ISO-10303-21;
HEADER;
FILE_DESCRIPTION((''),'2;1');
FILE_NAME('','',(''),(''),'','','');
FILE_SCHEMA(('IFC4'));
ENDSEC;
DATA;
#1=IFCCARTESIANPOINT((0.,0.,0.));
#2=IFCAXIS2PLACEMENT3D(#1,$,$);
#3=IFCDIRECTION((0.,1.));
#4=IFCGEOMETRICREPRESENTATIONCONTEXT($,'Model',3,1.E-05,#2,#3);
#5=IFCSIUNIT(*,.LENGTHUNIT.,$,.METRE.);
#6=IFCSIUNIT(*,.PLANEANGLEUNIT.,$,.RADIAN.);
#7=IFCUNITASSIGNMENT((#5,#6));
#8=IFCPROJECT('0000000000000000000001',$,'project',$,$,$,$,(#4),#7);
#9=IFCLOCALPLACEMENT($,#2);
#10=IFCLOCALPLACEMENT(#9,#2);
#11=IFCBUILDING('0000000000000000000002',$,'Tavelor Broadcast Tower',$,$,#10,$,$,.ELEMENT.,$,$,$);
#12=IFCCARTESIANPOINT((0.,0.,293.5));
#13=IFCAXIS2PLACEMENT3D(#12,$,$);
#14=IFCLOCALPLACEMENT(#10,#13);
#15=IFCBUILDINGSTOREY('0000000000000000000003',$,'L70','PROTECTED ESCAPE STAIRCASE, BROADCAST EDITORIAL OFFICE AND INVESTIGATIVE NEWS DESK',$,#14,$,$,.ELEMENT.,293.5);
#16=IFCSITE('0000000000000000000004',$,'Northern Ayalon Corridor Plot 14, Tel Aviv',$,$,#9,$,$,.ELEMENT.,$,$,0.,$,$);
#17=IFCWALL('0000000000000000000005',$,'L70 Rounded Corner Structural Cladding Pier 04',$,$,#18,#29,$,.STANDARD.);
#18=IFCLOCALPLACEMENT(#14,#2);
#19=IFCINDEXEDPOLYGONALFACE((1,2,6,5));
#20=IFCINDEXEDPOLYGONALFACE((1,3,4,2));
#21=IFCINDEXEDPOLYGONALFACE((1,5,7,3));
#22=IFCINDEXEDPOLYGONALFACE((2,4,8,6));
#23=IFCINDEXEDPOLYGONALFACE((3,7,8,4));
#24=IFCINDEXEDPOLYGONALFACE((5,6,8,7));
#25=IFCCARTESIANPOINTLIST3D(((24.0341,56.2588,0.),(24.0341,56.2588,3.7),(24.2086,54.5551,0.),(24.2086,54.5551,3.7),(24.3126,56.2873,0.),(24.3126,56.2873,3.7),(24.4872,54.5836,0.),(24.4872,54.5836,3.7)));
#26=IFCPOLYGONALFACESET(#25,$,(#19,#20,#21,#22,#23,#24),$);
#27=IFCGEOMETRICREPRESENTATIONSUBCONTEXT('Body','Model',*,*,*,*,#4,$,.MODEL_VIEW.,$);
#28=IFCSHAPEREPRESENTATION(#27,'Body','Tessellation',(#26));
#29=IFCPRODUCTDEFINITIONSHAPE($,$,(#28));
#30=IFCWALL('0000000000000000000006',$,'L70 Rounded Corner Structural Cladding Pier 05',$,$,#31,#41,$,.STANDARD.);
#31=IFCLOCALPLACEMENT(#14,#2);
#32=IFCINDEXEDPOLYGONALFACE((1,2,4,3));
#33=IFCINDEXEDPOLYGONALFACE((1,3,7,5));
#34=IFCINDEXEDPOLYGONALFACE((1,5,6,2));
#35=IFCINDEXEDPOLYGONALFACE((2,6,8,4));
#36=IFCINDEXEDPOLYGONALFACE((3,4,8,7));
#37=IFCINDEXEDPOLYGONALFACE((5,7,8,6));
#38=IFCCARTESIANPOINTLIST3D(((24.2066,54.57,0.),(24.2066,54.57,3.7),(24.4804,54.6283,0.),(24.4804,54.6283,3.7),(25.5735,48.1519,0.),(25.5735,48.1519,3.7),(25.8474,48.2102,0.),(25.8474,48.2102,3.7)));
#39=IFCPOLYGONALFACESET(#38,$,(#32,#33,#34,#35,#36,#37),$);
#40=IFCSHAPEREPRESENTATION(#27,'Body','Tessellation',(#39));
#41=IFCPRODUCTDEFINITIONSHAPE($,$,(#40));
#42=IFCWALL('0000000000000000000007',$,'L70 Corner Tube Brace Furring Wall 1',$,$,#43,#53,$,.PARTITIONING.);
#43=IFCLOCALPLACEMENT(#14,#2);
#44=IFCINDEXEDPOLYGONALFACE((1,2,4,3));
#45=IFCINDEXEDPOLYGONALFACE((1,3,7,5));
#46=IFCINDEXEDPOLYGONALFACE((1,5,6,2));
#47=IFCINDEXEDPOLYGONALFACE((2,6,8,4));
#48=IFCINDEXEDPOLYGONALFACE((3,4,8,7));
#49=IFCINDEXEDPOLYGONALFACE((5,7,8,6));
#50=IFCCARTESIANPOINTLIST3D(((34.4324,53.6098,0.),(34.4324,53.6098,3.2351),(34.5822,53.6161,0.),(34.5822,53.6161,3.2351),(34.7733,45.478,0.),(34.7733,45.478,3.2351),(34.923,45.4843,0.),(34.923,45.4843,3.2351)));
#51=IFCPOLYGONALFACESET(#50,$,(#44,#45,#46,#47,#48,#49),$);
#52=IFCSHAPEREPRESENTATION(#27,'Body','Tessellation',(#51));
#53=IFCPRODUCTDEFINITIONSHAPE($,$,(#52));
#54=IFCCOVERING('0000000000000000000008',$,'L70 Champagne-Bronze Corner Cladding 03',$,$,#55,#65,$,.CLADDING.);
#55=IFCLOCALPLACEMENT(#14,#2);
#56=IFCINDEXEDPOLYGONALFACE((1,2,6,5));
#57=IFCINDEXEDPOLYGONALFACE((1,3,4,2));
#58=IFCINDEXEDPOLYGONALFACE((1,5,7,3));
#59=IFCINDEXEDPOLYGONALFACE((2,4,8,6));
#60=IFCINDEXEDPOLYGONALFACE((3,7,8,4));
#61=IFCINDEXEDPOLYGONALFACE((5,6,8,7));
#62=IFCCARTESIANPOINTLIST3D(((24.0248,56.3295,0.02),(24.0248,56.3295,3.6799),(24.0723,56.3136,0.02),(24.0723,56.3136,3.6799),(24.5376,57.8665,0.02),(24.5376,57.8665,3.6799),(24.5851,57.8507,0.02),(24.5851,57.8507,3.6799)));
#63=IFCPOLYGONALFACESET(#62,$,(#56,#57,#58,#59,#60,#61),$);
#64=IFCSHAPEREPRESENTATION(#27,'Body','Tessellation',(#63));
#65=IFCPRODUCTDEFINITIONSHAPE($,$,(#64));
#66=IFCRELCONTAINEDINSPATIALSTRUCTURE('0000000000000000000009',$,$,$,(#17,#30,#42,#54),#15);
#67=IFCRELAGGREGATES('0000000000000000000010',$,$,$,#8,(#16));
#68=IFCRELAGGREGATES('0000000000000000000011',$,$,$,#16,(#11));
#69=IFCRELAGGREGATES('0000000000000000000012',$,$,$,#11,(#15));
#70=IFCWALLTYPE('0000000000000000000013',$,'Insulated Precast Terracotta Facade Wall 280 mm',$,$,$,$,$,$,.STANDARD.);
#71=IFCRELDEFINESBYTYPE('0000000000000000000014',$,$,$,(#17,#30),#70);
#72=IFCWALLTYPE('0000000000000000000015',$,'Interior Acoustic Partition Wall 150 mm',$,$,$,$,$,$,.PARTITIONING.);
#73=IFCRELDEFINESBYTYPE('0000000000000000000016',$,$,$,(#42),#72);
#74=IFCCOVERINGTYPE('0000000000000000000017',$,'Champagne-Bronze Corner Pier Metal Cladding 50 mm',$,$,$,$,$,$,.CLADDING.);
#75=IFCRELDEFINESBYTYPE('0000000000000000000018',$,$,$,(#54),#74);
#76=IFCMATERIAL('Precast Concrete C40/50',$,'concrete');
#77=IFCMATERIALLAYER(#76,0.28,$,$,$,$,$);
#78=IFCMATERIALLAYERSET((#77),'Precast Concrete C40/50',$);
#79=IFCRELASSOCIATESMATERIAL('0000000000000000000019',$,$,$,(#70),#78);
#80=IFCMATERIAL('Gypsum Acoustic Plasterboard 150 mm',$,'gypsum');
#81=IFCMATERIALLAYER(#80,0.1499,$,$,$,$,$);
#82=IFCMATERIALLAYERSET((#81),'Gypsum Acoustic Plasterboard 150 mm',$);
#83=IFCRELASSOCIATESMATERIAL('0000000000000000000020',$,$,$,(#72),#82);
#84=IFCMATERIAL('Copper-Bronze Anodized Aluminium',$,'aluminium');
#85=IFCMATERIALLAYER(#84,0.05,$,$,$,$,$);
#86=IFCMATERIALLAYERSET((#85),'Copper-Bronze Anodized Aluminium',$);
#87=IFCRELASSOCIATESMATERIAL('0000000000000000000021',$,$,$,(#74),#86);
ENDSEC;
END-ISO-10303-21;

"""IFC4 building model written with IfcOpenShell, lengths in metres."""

from ifc_helpers import new_model, si_unit, direction, frame, frame_2d, origin, origin_2d, place, context, subcontext, project, spatial, rectangle, extrude, material, layer, layer_set, type_object, element, save


model = new_model("IFC4")

# Units and contexts
model_context = context("Model", 3, precision=1e-05, world=origin(), true_north=direction((0.0, 1.0)))
body_context = subcontext(model_context, "Body", "Model", "MODEL_VIEW")
ifc_project = project(units=[si_unit("LENGTHUNIT", "METRE"), si_unit("PLANEANGLEUNIT", "RADIAN")], contexts=[model_context])

# Site, building, storey
site_placement = place(None, origin())
site = spatial("IfcSite", under=ifc_project, at=site_placement, Name="Northern Ayalon Corridor Plot 14, Tel Aviv", CompositionType="ELEMENT", RefElevation=0.0)
building_placement = place(site_placement, origin())
building = spatial("IfcBuilding", under=site, at=building_placement, Name="Tavelor Broadcast Tower", CompositionType="ELEMENT")
storey_placement = place(building_placement, frame((0.0, 0.0, 293.5)))
storey = spatial("IfcBuildingStorey", under=building, at=storey_placement, Name="L70", Description="PROTECTED ESCAPE STAIRCASE, BROADCAST EDITORIAL OFFICE AND INVESTIGATIVE NEWS DESK", CompositionType="ELEMENT", Elevation=293.5)

# Walls
ifc_material_1 = material(Name="Precast Concrete C40/50", Category="concrete")
ifc_layer_1 = layer(ifc_material_1, 0.28)
ifc_layer_set_1 = layer_set([ifc_layer_1], Name="Precast Concrete C40/50")
wall_type_1 = type_object("IfcWallType", Name="Insulated Precast Terracotta Facade Wall 280 mm", PredefinedType="STANDARD", material=ifc_layer_set_1)
wall_1_placement = place(storey_placement, frame((24.1733, 56.2732, 0.0), z_axis=(0.0, 0.0, 1.0), x_axis=(0.101931, -0.994791, 0.0)))
element("IfcWall", 1, at=wall_1_placement, inside=storey, type_object=wall_type_1, Name="L70 Rounded Corner Structural Cladding Pier 04", PredefinedType="STANDARD", context=body_context, shape_type="SweptSolid", body=[
    extrude(rectangle(XDim=1.7126, YDim=0.28, at=frame_2d((0.8564, 0.0))), origin(), (0.0, 0.0, 1.0), 3.7),
])
wall_2_placement = place(storey_placement, frame((24.3435, 54.5991, 0.0), z_axis=(0.0, 0.0, 1.0), x_axis=(0.208314, -0.978062, 0.0)))
element("IfcWall", 2, at=wall_2_placement, inside=storey, type_object=wall_type_1, Name="L70 Rounded Corner Structural Cladding Pier 05", PredefinedType="STANDARD", context=body_context, shape_type="SweptSolid", body=[
    extrude(rectangle(XDim=6.562, YDim=0.28, at=frame_2d((3.281, 0.0))), origin(), (0.0, 0.0, 1.0), 3.7),
])
ifc_material_2 = material(Name="Gypsum Acoustic Plasterboard 150 mm", Category="gypsum")
ifc_layer_2 = layer(ifc_material_2, 0.1499)
ifc_layer_set_2 = layer_set([ifc_layer_2], Name="Gypsum Acoustic Plasterboard 150 mm")
wall_type_2 = type_object("IfcWallType", Name="Interior Acoustic Partition Wall 150 mm", PredefinedType="PARTITIONING", material=ifc_layer_set_2)
wall_3_placement = place(storey_placement, frame((34.5073, 53.6128, 0.0), z_axis=(0.0, 0.0, 1.0), x_axis=(0.041875, -0.999123, 0.0)))
element("IfcWall", 3, at=wall_3_placement, inside=storey, type_object=wall_type_2, Name="L70 Corner Tube Brace Furring Wall 1", PredefinedType="PARTITIONING", context=body_context, shape_type="SweptSolid", body=[
    extrude(rectangle(XDim=8.1389, YDim=0.1499, at=frame_2d((4.0693, 0.0))), origin(), (0.0, 0.0, 1.0), 3.2351),
])

# Covering
ifc_material_3 = material(Name="Copper-Bronze Anodized Aluminium", Category="aluminium")
ifc_layer_3 = layer(ifc_material_3, 0.05)
ifc_layer_set_3 = layer_set([ifc_layer_3], Name="Copper-Bronze Anodized Aluminium")
covering_type = type_object("IfcCoveringType", Name="Champagne-Bronze Corner Pier Metal Cladding 50 mm", PredefinedType="CLADDING", material=ifc_layer_set_3)
covering_placement = place(storey_placement, frame((24.3049, 57.0901, 0.02), z_axis=(0.0, 0.0, 1.0), x_axis=(-0.316477, -0.9486, 0.0)))
element("IfcCovering", 4, at=covering_placement, inside=storey, type_object=covering_type, Name="L70 Champagne-Bronze Corner Cladding 03", PredefinedType="CLADDING", context=body_context, shape_type="SweptSolid", body=[
    extrude(rectangle(XDim=1.6204, YDim=0.05, at=origin_2d()), origin(), (0.0, 0.0, 1.0), 3.6599),
])

save(model, "model.ifc")
